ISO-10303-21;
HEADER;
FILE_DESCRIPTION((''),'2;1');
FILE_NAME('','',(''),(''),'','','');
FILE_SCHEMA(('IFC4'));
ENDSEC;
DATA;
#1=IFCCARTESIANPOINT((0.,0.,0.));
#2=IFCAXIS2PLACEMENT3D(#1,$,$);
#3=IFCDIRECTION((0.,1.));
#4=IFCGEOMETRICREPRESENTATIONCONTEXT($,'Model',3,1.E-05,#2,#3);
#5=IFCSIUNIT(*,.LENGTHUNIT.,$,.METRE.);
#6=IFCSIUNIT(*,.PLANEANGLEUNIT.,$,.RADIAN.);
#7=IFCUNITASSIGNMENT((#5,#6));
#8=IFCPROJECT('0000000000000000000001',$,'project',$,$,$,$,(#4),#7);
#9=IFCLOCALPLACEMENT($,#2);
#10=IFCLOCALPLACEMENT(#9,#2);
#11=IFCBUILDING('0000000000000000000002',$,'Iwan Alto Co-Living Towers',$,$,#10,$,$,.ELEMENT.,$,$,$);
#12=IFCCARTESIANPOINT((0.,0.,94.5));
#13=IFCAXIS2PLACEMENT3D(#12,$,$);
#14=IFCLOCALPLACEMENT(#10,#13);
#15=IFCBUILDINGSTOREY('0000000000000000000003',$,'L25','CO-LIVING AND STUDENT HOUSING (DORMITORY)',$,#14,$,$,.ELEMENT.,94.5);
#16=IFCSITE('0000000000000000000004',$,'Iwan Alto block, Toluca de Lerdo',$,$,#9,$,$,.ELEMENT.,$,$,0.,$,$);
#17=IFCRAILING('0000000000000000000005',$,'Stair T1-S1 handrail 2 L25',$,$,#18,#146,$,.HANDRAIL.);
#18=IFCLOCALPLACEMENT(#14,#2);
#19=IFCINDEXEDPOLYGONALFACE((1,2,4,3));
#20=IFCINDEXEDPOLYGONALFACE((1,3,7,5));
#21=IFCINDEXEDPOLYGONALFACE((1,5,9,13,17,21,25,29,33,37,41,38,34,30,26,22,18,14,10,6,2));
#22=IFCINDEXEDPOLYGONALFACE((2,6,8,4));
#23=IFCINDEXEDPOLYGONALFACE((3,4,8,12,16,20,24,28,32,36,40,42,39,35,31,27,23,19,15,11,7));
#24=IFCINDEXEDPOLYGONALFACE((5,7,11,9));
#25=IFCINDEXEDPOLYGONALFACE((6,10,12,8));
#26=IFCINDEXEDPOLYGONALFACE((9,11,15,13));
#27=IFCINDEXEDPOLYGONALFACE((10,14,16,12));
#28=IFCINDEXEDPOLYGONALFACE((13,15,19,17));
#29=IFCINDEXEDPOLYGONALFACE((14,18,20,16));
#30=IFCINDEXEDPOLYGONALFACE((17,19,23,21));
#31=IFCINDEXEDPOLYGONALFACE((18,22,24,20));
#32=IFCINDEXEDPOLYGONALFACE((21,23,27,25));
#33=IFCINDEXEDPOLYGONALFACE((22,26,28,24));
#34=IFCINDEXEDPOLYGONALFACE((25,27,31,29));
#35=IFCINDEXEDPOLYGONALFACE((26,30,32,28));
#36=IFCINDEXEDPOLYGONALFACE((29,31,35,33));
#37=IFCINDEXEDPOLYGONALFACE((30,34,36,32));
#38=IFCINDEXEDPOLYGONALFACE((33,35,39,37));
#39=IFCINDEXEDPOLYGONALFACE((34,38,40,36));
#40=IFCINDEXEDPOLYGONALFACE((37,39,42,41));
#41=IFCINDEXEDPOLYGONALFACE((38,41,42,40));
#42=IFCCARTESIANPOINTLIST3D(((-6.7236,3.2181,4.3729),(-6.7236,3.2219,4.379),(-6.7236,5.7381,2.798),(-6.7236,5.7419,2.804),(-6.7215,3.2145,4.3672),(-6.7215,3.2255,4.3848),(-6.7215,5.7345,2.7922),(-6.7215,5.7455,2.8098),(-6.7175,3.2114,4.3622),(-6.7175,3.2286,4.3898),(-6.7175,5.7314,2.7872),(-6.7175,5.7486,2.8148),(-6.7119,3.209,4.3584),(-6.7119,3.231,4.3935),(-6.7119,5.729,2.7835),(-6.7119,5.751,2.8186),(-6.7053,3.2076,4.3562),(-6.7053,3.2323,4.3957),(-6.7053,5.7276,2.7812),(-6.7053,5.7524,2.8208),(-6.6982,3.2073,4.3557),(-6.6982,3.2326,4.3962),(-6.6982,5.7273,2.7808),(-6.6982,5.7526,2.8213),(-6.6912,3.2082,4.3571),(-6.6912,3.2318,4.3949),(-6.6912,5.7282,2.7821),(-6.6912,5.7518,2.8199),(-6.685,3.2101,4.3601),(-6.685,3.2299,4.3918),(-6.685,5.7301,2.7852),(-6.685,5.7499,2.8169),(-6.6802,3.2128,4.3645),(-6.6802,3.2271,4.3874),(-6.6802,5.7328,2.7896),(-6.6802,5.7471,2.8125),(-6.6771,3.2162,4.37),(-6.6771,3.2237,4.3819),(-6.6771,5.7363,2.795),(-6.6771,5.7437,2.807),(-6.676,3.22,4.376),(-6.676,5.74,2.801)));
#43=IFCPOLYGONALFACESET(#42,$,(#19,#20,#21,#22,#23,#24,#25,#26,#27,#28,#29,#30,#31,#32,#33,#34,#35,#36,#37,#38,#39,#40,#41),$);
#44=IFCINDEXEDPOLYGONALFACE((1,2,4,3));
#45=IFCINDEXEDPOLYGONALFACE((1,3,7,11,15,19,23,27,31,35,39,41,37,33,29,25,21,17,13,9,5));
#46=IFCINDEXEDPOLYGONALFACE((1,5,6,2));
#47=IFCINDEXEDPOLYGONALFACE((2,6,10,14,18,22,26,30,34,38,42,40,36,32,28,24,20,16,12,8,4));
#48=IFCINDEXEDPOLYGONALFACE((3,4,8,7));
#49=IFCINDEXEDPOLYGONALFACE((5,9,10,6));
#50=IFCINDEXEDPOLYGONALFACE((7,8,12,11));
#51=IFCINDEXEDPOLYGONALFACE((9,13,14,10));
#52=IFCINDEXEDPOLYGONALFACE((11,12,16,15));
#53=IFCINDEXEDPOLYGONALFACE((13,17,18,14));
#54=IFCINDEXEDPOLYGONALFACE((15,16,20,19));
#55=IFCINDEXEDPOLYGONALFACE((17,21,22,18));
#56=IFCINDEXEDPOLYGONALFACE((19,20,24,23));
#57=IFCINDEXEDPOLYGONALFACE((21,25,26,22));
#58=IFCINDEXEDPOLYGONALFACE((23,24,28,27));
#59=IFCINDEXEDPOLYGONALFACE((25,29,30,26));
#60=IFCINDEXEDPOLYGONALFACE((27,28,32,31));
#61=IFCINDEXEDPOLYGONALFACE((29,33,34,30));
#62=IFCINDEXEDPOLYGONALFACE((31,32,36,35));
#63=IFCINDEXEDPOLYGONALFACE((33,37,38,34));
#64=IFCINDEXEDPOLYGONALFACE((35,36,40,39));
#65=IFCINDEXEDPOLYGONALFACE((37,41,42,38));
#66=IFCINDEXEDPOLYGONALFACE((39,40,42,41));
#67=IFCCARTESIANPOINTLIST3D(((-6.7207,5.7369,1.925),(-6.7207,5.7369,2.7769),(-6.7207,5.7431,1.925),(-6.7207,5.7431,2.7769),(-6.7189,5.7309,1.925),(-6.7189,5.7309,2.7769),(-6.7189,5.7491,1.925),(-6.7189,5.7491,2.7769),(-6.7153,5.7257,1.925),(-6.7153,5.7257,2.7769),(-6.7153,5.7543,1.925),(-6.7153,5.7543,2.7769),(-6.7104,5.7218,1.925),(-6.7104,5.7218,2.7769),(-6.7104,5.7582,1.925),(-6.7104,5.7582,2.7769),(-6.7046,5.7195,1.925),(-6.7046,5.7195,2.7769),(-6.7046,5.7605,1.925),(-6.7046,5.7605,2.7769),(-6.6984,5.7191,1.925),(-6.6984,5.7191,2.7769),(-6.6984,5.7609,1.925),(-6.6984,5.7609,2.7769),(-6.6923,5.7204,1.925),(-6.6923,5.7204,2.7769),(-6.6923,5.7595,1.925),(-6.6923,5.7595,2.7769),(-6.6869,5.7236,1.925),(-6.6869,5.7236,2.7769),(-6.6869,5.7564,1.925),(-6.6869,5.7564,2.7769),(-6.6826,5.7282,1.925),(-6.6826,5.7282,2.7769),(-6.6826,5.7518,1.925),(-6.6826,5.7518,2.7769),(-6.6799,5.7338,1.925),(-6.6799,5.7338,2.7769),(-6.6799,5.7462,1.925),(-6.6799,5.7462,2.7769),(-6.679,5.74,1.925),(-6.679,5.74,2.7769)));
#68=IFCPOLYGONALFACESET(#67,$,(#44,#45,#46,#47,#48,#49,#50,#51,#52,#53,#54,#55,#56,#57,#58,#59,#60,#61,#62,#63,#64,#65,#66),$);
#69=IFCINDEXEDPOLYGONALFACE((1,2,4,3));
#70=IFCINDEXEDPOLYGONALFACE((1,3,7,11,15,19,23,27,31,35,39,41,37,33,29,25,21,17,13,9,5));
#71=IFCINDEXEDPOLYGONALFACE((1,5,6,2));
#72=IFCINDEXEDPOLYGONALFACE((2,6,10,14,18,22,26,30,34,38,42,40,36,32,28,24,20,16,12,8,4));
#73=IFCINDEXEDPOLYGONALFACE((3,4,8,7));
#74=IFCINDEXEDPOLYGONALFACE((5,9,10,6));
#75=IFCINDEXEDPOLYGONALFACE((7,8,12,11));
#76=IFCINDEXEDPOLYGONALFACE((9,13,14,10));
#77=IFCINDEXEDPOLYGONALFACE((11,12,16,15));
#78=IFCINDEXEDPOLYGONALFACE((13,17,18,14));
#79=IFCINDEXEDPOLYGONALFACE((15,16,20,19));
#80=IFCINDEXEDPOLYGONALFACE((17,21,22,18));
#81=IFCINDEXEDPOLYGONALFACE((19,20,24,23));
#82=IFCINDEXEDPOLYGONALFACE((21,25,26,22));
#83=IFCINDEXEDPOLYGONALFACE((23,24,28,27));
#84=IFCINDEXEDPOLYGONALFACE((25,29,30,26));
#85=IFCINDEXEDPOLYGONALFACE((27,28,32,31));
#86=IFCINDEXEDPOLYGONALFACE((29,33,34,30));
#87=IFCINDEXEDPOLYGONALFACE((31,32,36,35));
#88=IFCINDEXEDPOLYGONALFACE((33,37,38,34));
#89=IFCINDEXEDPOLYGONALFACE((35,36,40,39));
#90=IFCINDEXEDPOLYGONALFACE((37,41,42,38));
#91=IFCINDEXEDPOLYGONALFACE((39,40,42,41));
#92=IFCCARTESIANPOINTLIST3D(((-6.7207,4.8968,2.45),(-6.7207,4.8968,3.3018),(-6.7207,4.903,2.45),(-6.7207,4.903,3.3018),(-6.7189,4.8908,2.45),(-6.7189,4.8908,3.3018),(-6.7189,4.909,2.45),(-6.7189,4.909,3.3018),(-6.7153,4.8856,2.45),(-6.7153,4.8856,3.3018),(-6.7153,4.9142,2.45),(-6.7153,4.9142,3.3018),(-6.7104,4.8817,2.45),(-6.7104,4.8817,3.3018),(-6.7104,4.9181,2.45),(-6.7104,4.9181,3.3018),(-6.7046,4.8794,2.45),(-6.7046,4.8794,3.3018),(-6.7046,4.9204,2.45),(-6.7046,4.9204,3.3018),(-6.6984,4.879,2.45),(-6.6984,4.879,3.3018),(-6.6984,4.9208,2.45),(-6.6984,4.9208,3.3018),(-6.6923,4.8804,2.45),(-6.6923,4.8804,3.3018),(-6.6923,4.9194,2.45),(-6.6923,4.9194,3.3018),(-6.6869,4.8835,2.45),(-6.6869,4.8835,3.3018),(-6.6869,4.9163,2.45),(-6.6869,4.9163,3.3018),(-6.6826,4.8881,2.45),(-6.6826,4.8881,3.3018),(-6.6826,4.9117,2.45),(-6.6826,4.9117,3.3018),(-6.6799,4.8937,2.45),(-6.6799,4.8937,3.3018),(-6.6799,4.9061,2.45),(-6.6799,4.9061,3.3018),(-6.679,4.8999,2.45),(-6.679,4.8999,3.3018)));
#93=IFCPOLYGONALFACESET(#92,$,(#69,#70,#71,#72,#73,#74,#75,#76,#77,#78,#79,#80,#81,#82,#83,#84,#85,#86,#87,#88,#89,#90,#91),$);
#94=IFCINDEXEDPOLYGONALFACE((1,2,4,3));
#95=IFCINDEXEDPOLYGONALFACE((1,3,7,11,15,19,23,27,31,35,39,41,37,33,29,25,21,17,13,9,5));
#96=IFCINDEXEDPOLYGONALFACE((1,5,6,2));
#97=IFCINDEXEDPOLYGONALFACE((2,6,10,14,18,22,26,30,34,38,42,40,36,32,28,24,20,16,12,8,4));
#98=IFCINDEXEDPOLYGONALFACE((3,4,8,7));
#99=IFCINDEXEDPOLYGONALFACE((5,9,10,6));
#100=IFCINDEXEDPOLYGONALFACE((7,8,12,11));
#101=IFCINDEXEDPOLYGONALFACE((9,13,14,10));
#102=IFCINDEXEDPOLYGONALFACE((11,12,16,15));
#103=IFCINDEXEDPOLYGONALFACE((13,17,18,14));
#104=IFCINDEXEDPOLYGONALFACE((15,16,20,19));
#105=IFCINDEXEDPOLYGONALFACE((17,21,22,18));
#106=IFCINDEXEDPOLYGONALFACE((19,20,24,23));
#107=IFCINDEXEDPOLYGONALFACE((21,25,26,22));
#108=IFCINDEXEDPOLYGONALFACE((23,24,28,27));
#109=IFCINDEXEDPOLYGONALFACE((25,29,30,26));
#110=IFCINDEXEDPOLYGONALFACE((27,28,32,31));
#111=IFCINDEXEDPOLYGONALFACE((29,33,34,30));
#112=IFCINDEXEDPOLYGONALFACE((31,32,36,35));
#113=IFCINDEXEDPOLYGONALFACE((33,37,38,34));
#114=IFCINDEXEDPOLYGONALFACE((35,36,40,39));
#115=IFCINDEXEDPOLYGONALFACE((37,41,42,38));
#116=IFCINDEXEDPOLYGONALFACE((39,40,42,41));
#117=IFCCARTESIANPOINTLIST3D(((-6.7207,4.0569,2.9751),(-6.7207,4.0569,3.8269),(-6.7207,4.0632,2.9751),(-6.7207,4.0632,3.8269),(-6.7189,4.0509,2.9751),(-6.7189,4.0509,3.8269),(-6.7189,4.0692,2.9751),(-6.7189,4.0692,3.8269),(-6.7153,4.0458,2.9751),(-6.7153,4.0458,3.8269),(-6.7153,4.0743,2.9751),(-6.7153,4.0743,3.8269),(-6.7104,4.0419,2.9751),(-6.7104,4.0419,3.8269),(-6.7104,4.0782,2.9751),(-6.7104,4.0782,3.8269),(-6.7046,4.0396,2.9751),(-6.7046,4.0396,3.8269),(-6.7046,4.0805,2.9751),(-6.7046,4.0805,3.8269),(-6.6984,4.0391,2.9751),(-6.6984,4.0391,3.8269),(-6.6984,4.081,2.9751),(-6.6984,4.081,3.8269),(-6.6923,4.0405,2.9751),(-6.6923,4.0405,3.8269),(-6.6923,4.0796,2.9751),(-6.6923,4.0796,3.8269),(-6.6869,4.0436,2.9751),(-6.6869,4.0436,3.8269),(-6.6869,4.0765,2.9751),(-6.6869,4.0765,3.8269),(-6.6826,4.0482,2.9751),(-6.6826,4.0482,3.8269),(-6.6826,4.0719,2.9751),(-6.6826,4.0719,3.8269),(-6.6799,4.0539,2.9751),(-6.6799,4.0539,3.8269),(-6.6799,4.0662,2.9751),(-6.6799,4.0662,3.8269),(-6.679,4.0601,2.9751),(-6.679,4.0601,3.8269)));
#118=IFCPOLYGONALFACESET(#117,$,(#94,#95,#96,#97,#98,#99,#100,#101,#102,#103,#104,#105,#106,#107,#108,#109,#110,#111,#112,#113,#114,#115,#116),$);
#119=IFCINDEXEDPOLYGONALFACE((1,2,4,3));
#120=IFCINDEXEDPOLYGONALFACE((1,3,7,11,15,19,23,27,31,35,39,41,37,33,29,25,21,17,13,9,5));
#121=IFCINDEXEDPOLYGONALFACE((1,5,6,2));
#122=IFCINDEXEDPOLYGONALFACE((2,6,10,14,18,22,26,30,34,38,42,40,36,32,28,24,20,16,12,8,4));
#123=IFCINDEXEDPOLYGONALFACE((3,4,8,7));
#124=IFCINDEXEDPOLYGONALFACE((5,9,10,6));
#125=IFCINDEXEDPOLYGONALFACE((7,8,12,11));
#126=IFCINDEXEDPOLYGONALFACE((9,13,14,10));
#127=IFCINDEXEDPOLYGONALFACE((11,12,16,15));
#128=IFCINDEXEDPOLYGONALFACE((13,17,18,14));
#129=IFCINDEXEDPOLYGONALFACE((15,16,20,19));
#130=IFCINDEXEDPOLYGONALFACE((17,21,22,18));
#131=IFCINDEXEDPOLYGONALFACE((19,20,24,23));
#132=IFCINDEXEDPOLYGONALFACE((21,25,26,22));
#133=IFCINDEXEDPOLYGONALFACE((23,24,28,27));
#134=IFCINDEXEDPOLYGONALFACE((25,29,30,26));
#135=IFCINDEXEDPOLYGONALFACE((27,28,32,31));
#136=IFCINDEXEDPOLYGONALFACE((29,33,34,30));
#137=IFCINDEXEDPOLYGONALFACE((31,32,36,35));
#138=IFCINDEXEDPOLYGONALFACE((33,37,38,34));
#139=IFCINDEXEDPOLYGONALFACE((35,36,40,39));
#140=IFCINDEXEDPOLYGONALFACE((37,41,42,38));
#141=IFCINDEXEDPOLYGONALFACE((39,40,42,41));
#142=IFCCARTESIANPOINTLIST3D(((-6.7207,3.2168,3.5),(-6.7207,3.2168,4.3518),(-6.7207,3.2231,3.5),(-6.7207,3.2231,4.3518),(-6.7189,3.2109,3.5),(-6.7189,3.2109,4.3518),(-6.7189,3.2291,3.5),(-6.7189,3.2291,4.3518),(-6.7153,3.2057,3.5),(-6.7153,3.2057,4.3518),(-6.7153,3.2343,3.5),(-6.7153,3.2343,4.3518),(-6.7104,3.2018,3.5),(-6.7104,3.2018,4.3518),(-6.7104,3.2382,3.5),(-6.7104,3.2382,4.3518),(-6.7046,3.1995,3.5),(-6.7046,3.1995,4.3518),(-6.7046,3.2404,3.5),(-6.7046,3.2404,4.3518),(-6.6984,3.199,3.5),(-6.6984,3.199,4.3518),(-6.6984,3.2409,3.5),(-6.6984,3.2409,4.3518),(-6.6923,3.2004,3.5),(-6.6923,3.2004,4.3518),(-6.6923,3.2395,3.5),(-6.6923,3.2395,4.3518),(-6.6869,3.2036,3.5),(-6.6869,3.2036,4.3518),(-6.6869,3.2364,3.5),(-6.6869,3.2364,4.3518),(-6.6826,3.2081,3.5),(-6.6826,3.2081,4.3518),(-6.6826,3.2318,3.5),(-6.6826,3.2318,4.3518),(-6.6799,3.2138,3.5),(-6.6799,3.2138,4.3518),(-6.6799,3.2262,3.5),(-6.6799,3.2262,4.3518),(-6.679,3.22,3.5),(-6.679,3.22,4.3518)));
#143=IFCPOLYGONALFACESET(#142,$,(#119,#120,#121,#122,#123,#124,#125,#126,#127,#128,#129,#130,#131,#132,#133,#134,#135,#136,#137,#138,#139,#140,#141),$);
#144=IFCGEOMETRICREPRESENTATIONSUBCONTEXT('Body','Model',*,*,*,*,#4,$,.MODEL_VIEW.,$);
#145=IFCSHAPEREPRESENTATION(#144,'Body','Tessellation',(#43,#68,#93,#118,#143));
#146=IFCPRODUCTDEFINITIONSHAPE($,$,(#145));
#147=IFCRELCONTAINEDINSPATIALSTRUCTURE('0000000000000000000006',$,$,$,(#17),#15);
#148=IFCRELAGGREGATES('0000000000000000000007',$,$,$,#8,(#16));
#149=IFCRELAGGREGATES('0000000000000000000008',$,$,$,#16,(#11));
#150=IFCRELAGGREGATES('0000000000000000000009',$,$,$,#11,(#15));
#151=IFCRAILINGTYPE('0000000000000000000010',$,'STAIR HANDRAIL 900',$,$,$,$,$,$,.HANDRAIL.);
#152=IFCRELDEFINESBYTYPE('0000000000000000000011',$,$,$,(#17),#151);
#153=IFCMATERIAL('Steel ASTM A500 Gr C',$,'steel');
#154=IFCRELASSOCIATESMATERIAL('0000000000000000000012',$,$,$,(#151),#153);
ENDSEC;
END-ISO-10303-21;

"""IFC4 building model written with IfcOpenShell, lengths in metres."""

from ifc_helpers import new_model, si_unit, direction, frame, origin, origin_2d, place, context, subcontext, project, spatial, circle, extrude, material, type_object, element, save


model = new_model("IFC4")

# Units and contexts
model_context = context("Model", 3, precision=1e-05, world=origin(), true_north=direction((0.0, 1.0)))
body_context = subcontext(model_context, "Body", "Model", "MODEL_VIEW")
ifc_project = project(units=[si_unit("LENGTHUNIT", "METRE"), si_unit("PLANEANGLEUNIT", "RADIAN")], contexts=[model_context])

# Site, building, storey
site_placement = place(None, origin())
site = spatial("IfcSite", under=ifc_project, at=site_placement, Name="Iwan Alto block, Toluca de Lerdo", CompositionType="ELEMENT", RefElevation=0.0)
building_placement = place(site_placement, origin())
building = spatial("IfcBuilding", under=site, at=building_placement, Name="Iwan Alto Co-Living Towers", CompositionType="ELEMENT")
storey_placement = place(building_placement, frame((0.0, 0.0, 94.5)))
storey = spatial("IfcBuildingStorey", under=building, at=storey_placement, Name="L25", Description="CO-LIVING AND STUDENT HOUSING (DORMITORY)", CompositionType="ELEMENT", Elevation=94.5)

# Railing
ifc_material_1 = material(Name="Steel ASTM A500 Gr C", Category="steel")
railing_type_1 = type_object("IfcRailingType", Name="STAIR HANDRAIL 900", PredefinedType="HANDRAIL", material=ifc_material_1)
railing_1_placement = place(storey_placement, frame((-6.7, 5.74, 1.925)))
element("IfcRailing", 1, at=railing_1_placement, inside=storey, type_object=railing_type_1, Name="Stair T1-S1 handrail 2 L25", PredefinedType="HANDRAIL", context=body_context, shape_type="SweptSolid", body=[
    extrude(circle(Radius=0.0239, at=origin_2d()), frame((0.0, 0.0, 0.876), z_axis=(0.0, -0.848008, 0.529984), x_axis=(1.0, 0.0, 0.0)), (0.0, 0.0, 1.0), 2.9717),
    extrude(circle(Radius=0.021, at=origin_2d()), origin(), (0.0, 0.0, 1.0), 0.8518),
    extrude(circle(Radius=0.021, at=origin_2d()), frame((0.0, -0.8401, 0.5249)), (0.0, 0.0, 1.0), 0.8518),
    extrude(circle(Radius=0.021, at=origin_2d()), frame((0.0, -1.6799, 1.05)), (0.0, 0.0, 1.0), 0.8518),
    extrude(circle(Radius=0.021, at=origin_2d()), frame((0.0, -2.52, 1.575)), (0.0, 0.0, 1.0), 0.8518),
])

save(model, "model.ifc")
